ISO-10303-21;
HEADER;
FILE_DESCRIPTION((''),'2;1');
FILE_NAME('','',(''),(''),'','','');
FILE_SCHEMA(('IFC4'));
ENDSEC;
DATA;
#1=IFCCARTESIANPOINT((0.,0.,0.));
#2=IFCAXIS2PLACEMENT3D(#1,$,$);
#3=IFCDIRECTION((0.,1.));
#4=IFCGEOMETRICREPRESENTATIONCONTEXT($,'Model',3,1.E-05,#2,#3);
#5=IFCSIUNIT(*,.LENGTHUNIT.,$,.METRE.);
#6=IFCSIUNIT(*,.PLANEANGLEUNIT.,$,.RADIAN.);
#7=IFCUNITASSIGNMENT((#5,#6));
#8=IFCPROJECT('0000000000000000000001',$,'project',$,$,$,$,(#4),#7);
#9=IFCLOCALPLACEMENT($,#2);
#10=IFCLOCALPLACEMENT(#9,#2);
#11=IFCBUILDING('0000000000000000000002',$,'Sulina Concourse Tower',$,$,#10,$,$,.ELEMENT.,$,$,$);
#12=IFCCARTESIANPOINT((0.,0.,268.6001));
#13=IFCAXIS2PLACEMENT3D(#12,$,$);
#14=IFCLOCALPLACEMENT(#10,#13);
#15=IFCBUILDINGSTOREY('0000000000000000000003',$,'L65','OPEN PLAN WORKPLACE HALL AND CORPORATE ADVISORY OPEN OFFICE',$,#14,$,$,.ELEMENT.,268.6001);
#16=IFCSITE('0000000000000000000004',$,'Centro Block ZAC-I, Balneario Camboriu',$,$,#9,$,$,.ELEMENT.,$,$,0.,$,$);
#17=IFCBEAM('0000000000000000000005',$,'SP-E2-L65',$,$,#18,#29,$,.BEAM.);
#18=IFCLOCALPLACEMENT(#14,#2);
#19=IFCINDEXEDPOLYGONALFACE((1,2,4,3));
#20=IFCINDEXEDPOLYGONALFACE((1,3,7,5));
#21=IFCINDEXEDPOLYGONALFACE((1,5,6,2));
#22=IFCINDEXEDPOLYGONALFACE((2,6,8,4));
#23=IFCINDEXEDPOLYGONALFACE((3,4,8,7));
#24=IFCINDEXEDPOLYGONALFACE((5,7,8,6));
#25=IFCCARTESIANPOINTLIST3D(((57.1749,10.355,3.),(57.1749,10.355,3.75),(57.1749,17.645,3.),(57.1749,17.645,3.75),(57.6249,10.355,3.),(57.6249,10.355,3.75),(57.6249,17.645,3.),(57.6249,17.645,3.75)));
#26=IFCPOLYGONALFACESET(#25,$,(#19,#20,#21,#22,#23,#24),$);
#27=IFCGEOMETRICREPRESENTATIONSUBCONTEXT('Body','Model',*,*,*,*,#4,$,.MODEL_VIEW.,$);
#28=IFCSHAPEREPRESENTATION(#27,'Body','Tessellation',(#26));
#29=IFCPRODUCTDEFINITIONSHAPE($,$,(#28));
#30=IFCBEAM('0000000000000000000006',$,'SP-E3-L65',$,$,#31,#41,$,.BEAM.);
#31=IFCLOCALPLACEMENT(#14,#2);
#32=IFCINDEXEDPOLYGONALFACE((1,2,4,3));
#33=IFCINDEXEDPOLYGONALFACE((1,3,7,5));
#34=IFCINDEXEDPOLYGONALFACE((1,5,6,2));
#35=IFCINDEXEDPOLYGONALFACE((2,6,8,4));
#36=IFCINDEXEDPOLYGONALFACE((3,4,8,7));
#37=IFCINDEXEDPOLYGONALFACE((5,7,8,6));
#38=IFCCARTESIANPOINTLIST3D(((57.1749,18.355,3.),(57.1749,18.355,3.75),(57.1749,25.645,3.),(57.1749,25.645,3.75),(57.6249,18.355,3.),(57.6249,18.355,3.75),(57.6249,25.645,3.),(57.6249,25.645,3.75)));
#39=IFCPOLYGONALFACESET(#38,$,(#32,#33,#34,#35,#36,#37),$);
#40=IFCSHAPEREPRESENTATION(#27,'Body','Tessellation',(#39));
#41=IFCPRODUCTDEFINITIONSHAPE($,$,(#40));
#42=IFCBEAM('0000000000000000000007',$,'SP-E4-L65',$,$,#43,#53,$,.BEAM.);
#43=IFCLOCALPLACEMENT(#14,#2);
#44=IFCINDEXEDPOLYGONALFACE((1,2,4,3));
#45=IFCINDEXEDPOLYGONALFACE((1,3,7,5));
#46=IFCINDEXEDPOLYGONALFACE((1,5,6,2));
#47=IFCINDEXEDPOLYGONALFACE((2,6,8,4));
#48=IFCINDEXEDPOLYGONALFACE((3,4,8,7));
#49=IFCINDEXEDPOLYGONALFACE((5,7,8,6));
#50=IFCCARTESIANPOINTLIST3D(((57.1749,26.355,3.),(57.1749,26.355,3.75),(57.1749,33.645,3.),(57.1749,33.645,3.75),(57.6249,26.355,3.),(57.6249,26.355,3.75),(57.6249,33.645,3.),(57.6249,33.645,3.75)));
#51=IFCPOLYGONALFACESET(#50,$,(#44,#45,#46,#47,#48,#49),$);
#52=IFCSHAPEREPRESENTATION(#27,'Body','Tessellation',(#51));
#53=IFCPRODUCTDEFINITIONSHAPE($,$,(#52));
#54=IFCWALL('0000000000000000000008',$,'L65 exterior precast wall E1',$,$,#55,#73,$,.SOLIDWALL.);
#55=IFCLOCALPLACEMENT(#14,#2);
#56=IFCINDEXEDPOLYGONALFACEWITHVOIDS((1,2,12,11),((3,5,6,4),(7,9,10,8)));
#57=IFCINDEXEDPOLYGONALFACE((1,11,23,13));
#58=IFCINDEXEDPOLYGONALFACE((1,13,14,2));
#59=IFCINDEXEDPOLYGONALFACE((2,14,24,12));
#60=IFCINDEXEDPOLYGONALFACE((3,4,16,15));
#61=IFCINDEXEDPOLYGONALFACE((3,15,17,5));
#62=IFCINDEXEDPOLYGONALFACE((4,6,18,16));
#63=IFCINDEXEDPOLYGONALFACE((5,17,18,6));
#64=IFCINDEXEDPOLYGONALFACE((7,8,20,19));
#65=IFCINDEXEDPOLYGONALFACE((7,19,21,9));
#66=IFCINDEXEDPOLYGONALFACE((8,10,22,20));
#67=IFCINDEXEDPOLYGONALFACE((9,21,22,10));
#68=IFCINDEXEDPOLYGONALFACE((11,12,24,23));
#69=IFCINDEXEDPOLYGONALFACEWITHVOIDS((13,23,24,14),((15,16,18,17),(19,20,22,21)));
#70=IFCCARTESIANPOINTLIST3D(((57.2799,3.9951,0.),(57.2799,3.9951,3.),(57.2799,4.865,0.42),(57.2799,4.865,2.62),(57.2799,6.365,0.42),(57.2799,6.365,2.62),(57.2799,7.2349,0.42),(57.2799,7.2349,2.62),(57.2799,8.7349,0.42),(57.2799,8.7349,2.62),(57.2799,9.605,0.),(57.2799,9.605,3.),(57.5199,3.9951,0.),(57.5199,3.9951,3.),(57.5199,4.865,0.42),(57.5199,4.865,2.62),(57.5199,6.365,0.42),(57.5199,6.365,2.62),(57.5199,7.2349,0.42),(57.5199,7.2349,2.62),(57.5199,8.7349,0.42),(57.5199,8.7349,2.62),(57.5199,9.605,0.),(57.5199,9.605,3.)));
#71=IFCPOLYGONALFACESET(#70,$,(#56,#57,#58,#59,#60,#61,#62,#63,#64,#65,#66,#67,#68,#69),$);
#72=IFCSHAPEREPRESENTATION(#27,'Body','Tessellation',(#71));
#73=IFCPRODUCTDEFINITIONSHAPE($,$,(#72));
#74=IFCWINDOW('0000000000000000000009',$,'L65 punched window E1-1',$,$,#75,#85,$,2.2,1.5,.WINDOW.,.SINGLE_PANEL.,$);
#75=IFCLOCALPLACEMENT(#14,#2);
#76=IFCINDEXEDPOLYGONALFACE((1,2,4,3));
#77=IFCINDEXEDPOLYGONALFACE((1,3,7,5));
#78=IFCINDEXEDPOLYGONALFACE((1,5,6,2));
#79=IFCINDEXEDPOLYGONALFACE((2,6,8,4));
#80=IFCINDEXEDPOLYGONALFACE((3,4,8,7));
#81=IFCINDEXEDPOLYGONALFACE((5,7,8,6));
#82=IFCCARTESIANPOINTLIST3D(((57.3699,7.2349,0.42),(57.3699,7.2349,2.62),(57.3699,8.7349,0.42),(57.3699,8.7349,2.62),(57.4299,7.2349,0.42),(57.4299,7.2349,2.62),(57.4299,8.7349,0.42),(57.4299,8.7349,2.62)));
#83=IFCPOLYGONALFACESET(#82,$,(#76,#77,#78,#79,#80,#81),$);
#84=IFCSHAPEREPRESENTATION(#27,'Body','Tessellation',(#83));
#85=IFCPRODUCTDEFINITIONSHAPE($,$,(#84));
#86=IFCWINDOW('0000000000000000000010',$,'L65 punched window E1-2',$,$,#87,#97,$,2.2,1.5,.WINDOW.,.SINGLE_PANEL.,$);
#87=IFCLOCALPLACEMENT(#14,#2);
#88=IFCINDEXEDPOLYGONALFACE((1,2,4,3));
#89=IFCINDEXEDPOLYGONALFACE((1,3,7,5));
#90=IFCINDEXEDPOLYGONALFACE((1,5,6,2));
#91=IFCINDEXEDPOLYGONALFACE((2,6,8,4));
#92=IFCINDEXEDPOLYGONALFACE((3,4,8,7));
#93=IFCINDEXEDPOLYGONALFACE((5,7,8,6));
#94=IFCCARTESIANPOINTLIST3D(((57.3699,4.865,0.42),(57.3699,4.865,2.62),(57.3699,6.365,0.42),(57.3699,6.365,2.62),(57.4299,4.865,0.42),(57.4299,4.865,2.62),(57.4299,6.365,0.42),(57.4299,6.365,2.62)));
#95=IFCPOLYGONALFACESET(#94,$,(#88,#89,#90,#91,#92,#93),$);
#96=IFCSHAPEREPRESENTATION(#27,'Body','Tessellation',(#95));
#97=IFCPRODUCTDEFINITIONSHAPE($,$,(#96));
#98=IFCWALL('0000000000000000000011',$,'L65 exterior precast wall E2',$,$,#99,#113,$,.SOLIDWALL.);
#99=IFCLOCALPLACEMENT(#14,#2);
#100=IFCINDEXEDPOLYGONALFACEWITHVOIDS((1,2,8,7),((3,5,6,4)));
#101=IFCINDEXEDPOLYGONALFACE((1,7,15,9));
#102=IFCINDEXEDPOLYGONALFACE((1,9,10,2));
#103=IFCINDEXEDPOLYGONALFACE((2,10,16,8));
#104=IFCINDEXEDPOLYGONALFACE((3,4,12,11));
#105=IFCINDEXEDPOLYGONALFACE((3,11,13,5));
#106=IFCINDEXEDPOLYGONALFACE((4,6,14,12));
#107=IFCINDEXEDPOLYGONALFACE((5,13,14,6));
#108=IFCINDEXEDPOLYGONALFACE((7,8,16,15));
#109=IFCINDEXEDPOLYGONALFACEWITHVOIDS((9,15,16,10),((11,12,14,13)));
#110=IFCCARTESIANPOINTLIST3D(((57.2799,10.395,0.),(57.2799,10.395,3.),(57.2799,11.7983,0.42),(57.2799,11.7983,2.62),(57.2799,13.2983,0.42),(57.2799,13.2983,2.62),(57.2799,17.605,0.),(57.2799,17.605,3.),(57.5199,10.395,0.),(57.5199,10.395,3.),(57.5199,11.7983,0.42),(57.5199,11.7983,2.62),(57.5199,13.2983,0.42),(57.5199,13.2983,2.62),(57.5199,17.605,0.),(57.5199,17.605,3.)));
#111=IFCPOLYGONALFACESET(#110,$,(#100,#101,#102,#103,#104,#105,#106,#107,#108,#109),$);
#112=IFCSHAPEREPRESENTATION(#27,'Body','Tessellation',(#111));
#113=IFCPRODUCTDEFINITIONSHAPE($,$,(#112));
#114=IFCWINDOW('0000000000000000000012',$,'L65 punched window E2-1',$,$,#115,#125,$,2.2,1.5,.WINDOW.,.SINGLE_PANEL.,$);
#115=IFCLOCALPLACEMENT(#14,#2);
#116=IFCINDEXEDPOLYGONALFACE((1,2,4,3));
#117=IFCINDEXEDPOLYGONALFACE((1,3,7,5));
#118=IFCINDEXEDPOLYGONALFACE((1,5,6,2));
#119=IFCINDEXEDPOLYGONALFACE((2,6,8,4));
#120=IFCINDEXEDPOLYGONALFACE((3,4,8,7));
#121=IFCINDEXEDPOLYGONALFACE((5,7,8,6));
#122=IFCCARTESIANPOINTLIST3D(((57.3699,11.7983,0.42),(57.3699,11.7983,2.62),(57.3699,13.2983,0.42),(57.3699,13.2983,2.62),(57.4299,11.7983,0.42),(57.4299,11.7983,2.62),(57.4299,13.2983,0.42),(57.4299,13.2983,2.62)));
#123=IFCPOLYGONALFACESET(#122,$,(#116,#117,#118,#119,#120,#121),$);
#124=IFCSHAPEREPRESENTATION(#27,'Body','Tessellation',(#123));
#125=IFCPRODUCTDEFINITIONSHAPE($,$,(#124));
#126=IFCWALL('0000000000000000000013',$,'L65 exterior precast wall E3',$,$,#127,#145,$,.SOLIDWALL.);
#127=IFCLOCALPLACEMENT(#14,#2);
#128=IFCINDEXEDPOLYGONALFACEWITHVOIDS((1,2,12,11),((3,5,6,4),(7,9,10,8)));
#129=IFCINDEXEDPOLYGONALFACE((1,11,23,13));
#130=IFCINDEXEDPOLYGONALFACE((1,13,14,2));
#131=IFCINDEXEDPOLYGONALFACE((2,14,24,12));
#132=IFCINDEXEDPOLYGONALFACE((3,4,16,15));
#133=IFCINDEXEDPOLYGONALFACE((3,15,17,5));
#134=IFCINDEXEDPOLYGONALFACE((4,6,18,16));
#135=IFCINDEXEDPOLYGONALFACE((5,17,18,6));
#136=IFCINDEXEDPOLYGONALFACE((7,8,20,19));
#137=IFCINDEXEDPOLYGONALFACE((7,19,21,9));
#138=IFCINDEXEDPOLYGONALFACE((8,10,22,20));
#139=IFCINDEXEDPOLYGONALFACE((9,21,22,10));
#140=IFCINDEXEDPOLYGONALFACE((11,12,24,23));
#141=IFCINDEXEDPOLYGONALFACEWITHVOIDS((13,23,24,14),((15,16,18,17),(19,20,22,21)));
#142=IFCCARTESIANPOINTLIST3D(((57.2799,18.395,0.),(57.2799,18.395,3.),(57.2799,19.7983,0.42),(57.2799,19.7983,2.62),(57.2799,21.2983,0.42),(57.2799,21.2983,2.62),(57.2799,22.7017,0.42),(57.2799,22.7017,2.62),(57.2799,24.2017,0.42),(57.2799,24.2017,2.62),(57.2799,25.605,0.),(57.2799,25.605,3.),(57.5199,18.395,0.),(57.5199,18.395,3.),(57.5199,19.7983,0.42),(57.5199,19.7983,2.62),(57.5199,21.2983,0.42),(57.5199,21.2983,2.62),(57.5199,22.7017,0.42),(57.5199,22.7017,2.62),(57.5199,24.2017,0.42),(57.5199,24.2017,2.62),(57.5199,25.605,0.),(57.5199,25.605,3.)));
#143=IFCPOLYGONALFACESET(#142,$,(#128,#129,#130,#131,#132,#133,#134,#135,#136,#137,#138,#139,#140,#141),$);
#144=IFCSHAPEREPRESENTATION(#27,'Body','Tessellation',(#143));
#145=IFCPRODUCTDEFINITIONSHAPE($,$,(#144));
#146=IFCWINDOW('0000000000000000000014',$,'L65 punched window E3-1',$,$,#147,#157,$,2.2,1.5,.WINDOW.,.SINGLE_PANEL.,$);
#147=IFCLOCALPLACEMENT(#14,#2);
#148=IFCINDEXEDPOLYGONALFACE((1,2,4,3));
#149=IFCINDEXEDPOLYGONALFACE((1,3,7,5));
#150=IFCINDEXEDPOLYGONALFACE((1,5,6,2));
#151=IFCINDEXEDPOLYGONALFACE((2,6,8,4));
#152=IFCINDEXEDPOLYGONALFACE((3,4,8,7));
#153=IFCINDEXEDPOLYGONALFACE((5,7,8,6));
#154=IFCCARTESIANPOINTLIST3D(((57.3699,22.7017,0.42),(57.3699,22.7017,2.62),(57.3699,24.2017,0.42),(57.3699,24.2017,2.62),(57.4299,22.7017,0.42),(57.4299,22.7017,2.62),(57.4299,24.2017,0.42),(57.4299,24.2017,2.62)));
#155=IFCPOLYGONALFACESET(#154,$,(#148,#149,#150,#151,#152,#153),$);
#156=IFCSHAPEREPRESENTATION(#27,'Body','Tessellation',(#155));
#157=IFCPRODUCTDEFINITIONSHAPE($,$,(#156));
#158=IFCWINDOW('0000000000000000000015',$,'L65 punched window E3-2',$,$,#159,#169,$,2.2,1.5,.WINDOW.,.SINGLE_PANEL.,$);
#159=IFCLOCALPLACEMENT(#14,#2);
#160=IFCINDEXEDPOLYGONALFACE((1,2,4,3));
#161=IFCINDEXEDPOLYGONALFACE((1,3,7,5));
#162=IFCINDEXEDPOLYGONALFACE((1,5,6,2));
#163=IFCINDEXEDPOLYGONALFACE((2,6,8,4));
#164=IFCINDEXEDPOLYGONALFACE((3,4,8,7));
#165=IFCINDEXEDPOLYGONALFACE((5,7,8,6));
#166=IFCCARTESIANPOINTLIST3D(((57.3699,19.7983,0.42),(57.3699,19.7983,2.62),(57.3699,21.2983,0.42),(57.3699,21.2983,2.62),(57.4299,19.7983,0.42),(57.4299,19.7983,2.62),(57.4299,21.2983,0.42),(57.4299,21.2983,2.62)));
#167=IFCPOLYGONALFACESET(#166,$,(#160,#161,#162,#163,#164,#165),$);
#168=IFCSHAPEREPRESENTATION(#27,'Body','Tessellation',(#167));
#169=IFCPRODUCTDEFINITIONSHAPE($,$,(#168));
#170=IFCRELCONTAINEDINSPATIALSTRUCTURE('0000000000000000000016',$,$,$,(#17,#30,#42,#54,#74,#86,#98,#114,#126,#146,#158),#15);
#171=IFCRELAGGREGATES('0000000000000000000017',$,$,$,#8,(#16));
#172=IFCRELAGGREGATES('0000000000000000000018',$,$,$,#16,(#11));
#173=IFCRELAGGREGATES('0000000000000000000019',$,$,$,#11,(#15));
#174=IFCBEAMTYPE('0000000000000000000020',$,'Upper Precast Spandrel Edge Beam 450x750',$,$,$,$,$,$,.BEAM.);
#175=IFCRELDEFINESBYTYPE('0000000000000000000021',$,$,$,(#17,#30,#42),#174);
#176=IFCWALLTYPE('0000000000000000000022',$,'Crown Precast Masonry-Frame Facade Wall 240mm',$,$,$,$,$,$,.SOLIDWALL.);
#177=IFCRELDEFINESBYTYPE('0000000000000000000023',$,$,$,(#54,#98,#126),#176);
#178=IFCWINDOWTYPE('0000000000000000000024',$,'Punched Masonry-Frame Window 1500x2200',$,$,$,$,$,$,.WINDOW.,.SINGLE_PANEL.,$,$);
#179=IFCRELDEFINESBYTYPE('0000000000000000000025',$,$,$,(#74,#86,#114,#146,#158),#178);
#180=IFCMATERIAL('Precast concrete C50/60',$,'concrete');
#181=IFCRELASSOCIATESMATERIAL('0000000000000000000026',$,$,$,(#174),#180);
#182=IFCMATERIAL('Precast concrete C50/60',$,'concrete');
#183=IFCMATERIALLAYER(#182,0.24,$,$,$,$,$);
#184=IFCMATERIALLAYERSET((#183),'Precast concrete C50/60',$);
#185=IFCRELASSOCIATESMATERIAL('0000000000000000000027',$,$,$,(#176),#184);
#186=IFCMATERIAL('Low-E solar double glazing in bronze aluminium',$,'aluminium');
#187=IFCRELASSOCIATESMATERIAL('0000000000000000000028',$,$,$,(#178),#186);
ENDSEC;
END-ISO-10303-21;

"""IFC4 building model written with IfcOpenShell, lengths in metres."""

from ifc_helpers import new_model, si_unit, direction, frame, frame_2d, origin, origin_2d, place, context, subcontext, project, spatial, rectangle, extrude, material, layer, layer_set, material_profile, profile_set, type_object, element, fill, save


model = new_model("IFC4")

# Units and contexts
model_context = context("Model", 3, precision=1e-05, world=origin(), true_north=direction((0.0, 1.0)))
body_context = subcontext(model_context, "Body", "Model", "MODEL_VIEW")
ifc_project = project(units=[si_unit("LENGTHUNIT", "METRE"), si_unit("PLANEANGLEUNIT", "RADIAN")], contexts=[model_context])

# Site, building, storey
site_placement = place(None, origin())
site = spatial("IfcSite", under=ifc_project, at=site_placement, Name="Centro Block ZAC-I, Balneario Camboriu", CompositionType="ELEMENT", RefElevation=0.0)
building_placement = place(site_placement, origin())
building = spatial("IfcBuilding", under=site, at=building_placement, Name="Sulina Concourse Tower", CompositionType="ELEMENT")
storey_placement = place(building_placement, frame((0.0, 0.0, 268.6001)))
storey = spatial("IfcBuildingStorey", under=building, at=storey_placement, Name="L65", Description="OPEN PLAN WORKPLACE HALL AND CORPORATE ADVISORY OPEN OFFICE", CompositionType="ELEMENT", Elevation=268.6001)

# Beams
ifc_material_1 = material(Name="Precast concrete C50/60", Category="concrete")
ifc_material_profile_1 = material_profile(ifc_material_1, rectangle(XDim=0.45, YDim=0.75, at=origin_2d()), Name="RC 450x750")
ifc_profile_set_1 = profile_set([ifc_material_profile_1], Name="Precast concrete C50/60")
beam_type_1 = type_object("IfcBeamType", Name="Upper Precast Spandrel Edge Beam 450x750", PredefinedType="BEAM", material=ifc_profile_set_1)
for number, where, z_axis, x_axis, name in (
    (1, (57.3999, 10.355, 3.375), (0.0, 1.0, 0.0), (-1.0, 0.0, 0.0), "SP-E2-L65"),
    (2, (57.3999, 18.355, 3.375), (0.0, 1.0, 0.0), (-1.0, 0.0, 0.0), "SP-E3-L65"),
    (3, (57.3999, 26.355, 3.375), (0.0, 1.0, 0.0), (-1.0, 0.0, 0.0), "SP-E4-L65"),
):
    element("IfcBeam", number, at=place(storey_placement, frame(where, z_axis=z_axis, x_axis=x_axis)), inside=storey, type_object=beam_type_1, Name=name, PredefinedType="BEAM", context=body_context, shape_type="SweptSolid", body=[
        extrude(rectangle(XDim=0.45, YDim=0.75, at=origin_2d()), origin(), (0.0, 0.0, 1.0), 7.29),
    ])

# Wall, openings, windows
ifc_material_2 = material(Name="Precast concrete C50/60", Category="concrete")
ifc_layer_1 = layer(ifc_material_2, 0.24)
ifc_layer_set_1 = layer_set([ifc_layer_1], Name="Precast concrete C50/60")
wall_type_1 = type_object("IfcWallType", Name="Crown Precast Masonry-Frame Facade Wall 240mm", PredefinedType="SOLIDWALL", material=ifc_layer_set_1)
wall_1_placement = place(storey_placement, frame((57.3999, 9.605, 0.0), z_axis=(0.0, 0.0, 1.0), x_axis=(0.0, -1.0, 0.0)))
wall_1 = element("IfcWall", 4, at=wall_1_placement, inside=storey, type_object=wall_type_1, Name="L65 exterior precast wall E1", PredefinedType="SOLIDWALL", context=body_context, shape_type="SweptSolid", body=[
    extrude(rectangle(XDim=5.6099, YDim=0.24, at=frame_2d((2.8049, 0.0))), origin(), (0.0, 0.0, 1.0), 3.0),
])
opening_1_placement = place(wall_1_placement, frame((0.8701, 0.0, 0.4199)))
opening_1 = element("IfcOpeningElement", 5, at=opening_1_placement, cuts=wall_1, PredefinedType="OPENING", context=body_context, shape_type="SweptSolid", body=[
    extrude(rectangle(XDim=1.5, YDim=2.2, at=frame_2d((0.75, 1.1001))), frame((0.0, 0.1299, 0.0), z_axis=(0.0, -1.0, 0.0), x_axis=(1.0, 0.0, 0.0)), (0.0, 0.0, 1.0), 0.26),
])
opening_2_placement = place(wall_1_placement, frame((3.24, 0.0, 0.4199)))
opening_2 = element("IfcOpeningElement", 6, at=opening_2_placement, cuts=wall_1, PredefinedType="OPENING", context=body_context, shape_type="SweptSolid", body=[
    extrude(rectangle(XDim=1.5, YDim=2.2, at=frame_2d((0.75, 1.1001))), frame((0.0, 0.1299, 0.0), z_axis=(0.0, -1.0, 0.0), x_axis=(1.0, 0.0, 0.0)), (0.0, 0.0, 1.0), 0.26),
])
ifc_material_3 = material(Name="Low-E solar double glazing in bronze aluminium", Category="aluminium")
window_type = type_object("IfcWindowType", Name="Punched Masonry-Frame Window 1500x2200", PartitioningType="SINGLE_PANEL", PredefinedType="WINDOW", material=ifc_material_3)
window_1_placement = place(opening_1_placement, origin())
window_1 = element("IfcWindow", 7, at=window_1_placement, inside=storey, type_object=window_type, Name="L65 punched window E1-1", OverallHeight=2.2, OverallWidth=1.5, PartitioningType="SINGLE_PANEL", PredefinedType="WINDOW", context=body_context, shape_type="SweptSolid", body=[
    extrude(rectangle(XDim=1.5, YDim=2.2, at=frame_2d((0.75, 1.1001))), frame((0.0, 0.03, 0.0), z_axis=(0.0, -1.0, 0.0), x_axis=(1.0, 0.0, 0.0)), (0.0, 0.0, 1.0), 0.0601),
])
fill(opening_1, window_1)
window_2_placement = place(opening_2_placement, origin())
window_2 = element("IfcWindow", 8, at=window_2_placement, inside=storey, type_object=window_type, Name="L65 punched window E1-2", OverallHeight=2.2, OverallWidth=1.5, PartitioningType="SINGLE_PANEL", PredefinedType="WINDOW", context=body_context, shape_type="SweptSolid", body=[
    extrude(rectangle(XDim=1.5, YDim=2.2, at=frame_2d((0.75, 1.1001))), frame((0.0, 0.03, 0.0), z_axis=(0.0, -1.0, 0.0), x_axis=(1.0, 0.0, 0.0)), (0.0, 0.0, 1.0), 0.0601),
])
fill(opening_2, window_2)

# Wall, opening, window
wall_2_placement = place(storey_placement, frame((57.3999, 17.605, 0.0), z_axis=(0.0, 0.0, 1.0), x_axis=(0.0, -1.0, 0.0)))
wall_2 = element("IfcWall", 9, at=wall_2_placement, inside=storey, type_object=wall_type_1, Name="L65 exterior precast wall E2", PredefinedType="SOLIDWALL", context=body_context, shape_type="SweptSolid", body=[
    extrude(rectangle(XDim=7.21, YDim=0.24, at=frame_2d((3.605, 0.0))), origin(), (0.0, 0.0, 1.0), 3.0),
])
opening_3_placement = place(wall_2_placement, frame((4.3066, 0.0, 0.4199)))
opening_3 = element("IfcOpeningElement", 10, at=opening_3_placement, cuts=wall_2, PredefinedType="OPENING", context=body_context, shape_type="SweptSolid", body=[
    extrude(rectangle(XDim=1.5, YDim=2.2, at=frame_2d((0.75, 1.1001))), frame((0.0, 0.1299, 0.0), z_axis=(0.0, -1.0, 0.0), x_axis=(1.0, 0.0, 0.0)), (0.0, 0.0, 1.0), 0.26),
])
window_3_placement = place(opening_3_placement, origin())
window_3 = element("IfcWindow", 11, at=window_3_placement, inside=storey, type_object=window_type, Name="L65 punched window E2-1", OverallHeight=2.2, OverallWidth=1.5, PartitioningType="SINGLE_PANEL", PredefinedType="WINDOW", context=body_context, shape_type="SweptSolid", body=[
    extrude(rectangle(XDim=1.5, YDim=2.2, at=frame_2d((0.75, 1.1001))), frame((0.0, 0.03, 0.0), z_axis=(0.0, -1.0, 0.0), x_axis=(1.0, 0.0, 0.0)), (0.0, 0.0, 1.0), 0.0601),
])
fill(opening_3, window_3)

# Wall, openings, windows
wall_3_placement = place(storey_placement, frame((57.3999, 25.605, 0.0), z_axis=(0.0, 0.0, 1.0), x_axis=(0.0, -1.0, 0.0)))
wall_3 = element("IfcWall", 12, at=wall_3_placement, inside=storey, type_object=wall_type_1, Name="L65 exterior precast wall E3", PredefinedType="SOLIDWALL", context=body_context, shape_type="SweptSolid", body=[
    extrude(rectangle(XDim=7.21, YDim=0.24, at=frame_2d((3.605, 0.0))), origin(), (0.0, 0.0, 1.0), 3.0),
])
opening_4_placement = place(wall_3_placement, frame((1.4033, 0.0, 0.4199)))
opening_4 = element("IfcOpeningElement", 13, at=opening_4_placement, cuts=wall_3, PredefinedType="OPENING", context=body_context, shape_type="SweptSolid", body=[
    extrude(rectangle(XDim=1.5, YDim=2.2, at=frame_2d((0.75, 1.1001))), frame((0.0, 0.1299, 0.0), z_axis=(0.0, -1.0, 0.0), x_axis=(1.0, 0.0, 0.0)), (0.0, 0.0, 1.0), 0.26),
])
opening_5_placement = place(wall_3_placement, frame((4.3066, 0.0, 0.4199)))
opening_5 = element("IfcOpeningElement", 14, at=opening_5_placement, cuts=wall_3, PredefinedType="OPENING", context=body_context, shape_type="SweptSolid", body=[
    extrude(rectangle(XDim=1.5, YDim=2.2, at=frame_2d((0.75, 1.1001))), frame((0.0, 0.1299, 0.0), z_axis=(0.0, -1.0, 0.0), x_axis=(1.0, 0.0, 0.0)), (0.0, 0.0, 1.0), 0.26),
])
window_4_placement = place(opening_4_placement, origin())
window_4 = element("IfcWindow", 15, at=window_4_placement, inside=storey, type_object=window_type, Name="L65 punched window E3-1", OverallHeight=2.2, OverallWidth=1.5, PartitioningType="SINGLE_PANEL", PredefinedType="WINDOW", context=body_context, shape_type="SweptSolid", body=[
    extrude(rectangle(XDim=1.5, YDim=2.2, at=frame_2d((0.75, 1.1001))), frame((0.0, 0.03, 0.0), z_axis=(0.0, -1.0, 0.0), x_axis=(1.0, 0.0, 0.0)), (0.0, 0.0, 1.0), 0.0601),
])
fill(opening_4, window_4)
window_5_placement = place(opening_5_placement, origin())
window_5 = element("IfcWindow", 16, at=window_5_placement, inside=storey, type_object=window_type, Name="L65 punched window E3-2", OverallHeight=2.2, OverallWidth=1.5, PartitioningType="SINGLE_PANEL", PredefinedType="WINDOW", context=body_context, shape_type="SweptSolid", body=[
    extrude(rectangle(XDim=1.5, YDim=2.2, at=frame_2d((0.75, 1.1001))), frame((0.0, 0.03, 0.0), z_axis=(0.0, -1.0, 0.0), x_axis=(1.0, 0.0, 0.0)), (0.0, 0.0, 1.0), 0.0601),
])
fill(opening_5, window_5)

save(model, "model.ifc")
